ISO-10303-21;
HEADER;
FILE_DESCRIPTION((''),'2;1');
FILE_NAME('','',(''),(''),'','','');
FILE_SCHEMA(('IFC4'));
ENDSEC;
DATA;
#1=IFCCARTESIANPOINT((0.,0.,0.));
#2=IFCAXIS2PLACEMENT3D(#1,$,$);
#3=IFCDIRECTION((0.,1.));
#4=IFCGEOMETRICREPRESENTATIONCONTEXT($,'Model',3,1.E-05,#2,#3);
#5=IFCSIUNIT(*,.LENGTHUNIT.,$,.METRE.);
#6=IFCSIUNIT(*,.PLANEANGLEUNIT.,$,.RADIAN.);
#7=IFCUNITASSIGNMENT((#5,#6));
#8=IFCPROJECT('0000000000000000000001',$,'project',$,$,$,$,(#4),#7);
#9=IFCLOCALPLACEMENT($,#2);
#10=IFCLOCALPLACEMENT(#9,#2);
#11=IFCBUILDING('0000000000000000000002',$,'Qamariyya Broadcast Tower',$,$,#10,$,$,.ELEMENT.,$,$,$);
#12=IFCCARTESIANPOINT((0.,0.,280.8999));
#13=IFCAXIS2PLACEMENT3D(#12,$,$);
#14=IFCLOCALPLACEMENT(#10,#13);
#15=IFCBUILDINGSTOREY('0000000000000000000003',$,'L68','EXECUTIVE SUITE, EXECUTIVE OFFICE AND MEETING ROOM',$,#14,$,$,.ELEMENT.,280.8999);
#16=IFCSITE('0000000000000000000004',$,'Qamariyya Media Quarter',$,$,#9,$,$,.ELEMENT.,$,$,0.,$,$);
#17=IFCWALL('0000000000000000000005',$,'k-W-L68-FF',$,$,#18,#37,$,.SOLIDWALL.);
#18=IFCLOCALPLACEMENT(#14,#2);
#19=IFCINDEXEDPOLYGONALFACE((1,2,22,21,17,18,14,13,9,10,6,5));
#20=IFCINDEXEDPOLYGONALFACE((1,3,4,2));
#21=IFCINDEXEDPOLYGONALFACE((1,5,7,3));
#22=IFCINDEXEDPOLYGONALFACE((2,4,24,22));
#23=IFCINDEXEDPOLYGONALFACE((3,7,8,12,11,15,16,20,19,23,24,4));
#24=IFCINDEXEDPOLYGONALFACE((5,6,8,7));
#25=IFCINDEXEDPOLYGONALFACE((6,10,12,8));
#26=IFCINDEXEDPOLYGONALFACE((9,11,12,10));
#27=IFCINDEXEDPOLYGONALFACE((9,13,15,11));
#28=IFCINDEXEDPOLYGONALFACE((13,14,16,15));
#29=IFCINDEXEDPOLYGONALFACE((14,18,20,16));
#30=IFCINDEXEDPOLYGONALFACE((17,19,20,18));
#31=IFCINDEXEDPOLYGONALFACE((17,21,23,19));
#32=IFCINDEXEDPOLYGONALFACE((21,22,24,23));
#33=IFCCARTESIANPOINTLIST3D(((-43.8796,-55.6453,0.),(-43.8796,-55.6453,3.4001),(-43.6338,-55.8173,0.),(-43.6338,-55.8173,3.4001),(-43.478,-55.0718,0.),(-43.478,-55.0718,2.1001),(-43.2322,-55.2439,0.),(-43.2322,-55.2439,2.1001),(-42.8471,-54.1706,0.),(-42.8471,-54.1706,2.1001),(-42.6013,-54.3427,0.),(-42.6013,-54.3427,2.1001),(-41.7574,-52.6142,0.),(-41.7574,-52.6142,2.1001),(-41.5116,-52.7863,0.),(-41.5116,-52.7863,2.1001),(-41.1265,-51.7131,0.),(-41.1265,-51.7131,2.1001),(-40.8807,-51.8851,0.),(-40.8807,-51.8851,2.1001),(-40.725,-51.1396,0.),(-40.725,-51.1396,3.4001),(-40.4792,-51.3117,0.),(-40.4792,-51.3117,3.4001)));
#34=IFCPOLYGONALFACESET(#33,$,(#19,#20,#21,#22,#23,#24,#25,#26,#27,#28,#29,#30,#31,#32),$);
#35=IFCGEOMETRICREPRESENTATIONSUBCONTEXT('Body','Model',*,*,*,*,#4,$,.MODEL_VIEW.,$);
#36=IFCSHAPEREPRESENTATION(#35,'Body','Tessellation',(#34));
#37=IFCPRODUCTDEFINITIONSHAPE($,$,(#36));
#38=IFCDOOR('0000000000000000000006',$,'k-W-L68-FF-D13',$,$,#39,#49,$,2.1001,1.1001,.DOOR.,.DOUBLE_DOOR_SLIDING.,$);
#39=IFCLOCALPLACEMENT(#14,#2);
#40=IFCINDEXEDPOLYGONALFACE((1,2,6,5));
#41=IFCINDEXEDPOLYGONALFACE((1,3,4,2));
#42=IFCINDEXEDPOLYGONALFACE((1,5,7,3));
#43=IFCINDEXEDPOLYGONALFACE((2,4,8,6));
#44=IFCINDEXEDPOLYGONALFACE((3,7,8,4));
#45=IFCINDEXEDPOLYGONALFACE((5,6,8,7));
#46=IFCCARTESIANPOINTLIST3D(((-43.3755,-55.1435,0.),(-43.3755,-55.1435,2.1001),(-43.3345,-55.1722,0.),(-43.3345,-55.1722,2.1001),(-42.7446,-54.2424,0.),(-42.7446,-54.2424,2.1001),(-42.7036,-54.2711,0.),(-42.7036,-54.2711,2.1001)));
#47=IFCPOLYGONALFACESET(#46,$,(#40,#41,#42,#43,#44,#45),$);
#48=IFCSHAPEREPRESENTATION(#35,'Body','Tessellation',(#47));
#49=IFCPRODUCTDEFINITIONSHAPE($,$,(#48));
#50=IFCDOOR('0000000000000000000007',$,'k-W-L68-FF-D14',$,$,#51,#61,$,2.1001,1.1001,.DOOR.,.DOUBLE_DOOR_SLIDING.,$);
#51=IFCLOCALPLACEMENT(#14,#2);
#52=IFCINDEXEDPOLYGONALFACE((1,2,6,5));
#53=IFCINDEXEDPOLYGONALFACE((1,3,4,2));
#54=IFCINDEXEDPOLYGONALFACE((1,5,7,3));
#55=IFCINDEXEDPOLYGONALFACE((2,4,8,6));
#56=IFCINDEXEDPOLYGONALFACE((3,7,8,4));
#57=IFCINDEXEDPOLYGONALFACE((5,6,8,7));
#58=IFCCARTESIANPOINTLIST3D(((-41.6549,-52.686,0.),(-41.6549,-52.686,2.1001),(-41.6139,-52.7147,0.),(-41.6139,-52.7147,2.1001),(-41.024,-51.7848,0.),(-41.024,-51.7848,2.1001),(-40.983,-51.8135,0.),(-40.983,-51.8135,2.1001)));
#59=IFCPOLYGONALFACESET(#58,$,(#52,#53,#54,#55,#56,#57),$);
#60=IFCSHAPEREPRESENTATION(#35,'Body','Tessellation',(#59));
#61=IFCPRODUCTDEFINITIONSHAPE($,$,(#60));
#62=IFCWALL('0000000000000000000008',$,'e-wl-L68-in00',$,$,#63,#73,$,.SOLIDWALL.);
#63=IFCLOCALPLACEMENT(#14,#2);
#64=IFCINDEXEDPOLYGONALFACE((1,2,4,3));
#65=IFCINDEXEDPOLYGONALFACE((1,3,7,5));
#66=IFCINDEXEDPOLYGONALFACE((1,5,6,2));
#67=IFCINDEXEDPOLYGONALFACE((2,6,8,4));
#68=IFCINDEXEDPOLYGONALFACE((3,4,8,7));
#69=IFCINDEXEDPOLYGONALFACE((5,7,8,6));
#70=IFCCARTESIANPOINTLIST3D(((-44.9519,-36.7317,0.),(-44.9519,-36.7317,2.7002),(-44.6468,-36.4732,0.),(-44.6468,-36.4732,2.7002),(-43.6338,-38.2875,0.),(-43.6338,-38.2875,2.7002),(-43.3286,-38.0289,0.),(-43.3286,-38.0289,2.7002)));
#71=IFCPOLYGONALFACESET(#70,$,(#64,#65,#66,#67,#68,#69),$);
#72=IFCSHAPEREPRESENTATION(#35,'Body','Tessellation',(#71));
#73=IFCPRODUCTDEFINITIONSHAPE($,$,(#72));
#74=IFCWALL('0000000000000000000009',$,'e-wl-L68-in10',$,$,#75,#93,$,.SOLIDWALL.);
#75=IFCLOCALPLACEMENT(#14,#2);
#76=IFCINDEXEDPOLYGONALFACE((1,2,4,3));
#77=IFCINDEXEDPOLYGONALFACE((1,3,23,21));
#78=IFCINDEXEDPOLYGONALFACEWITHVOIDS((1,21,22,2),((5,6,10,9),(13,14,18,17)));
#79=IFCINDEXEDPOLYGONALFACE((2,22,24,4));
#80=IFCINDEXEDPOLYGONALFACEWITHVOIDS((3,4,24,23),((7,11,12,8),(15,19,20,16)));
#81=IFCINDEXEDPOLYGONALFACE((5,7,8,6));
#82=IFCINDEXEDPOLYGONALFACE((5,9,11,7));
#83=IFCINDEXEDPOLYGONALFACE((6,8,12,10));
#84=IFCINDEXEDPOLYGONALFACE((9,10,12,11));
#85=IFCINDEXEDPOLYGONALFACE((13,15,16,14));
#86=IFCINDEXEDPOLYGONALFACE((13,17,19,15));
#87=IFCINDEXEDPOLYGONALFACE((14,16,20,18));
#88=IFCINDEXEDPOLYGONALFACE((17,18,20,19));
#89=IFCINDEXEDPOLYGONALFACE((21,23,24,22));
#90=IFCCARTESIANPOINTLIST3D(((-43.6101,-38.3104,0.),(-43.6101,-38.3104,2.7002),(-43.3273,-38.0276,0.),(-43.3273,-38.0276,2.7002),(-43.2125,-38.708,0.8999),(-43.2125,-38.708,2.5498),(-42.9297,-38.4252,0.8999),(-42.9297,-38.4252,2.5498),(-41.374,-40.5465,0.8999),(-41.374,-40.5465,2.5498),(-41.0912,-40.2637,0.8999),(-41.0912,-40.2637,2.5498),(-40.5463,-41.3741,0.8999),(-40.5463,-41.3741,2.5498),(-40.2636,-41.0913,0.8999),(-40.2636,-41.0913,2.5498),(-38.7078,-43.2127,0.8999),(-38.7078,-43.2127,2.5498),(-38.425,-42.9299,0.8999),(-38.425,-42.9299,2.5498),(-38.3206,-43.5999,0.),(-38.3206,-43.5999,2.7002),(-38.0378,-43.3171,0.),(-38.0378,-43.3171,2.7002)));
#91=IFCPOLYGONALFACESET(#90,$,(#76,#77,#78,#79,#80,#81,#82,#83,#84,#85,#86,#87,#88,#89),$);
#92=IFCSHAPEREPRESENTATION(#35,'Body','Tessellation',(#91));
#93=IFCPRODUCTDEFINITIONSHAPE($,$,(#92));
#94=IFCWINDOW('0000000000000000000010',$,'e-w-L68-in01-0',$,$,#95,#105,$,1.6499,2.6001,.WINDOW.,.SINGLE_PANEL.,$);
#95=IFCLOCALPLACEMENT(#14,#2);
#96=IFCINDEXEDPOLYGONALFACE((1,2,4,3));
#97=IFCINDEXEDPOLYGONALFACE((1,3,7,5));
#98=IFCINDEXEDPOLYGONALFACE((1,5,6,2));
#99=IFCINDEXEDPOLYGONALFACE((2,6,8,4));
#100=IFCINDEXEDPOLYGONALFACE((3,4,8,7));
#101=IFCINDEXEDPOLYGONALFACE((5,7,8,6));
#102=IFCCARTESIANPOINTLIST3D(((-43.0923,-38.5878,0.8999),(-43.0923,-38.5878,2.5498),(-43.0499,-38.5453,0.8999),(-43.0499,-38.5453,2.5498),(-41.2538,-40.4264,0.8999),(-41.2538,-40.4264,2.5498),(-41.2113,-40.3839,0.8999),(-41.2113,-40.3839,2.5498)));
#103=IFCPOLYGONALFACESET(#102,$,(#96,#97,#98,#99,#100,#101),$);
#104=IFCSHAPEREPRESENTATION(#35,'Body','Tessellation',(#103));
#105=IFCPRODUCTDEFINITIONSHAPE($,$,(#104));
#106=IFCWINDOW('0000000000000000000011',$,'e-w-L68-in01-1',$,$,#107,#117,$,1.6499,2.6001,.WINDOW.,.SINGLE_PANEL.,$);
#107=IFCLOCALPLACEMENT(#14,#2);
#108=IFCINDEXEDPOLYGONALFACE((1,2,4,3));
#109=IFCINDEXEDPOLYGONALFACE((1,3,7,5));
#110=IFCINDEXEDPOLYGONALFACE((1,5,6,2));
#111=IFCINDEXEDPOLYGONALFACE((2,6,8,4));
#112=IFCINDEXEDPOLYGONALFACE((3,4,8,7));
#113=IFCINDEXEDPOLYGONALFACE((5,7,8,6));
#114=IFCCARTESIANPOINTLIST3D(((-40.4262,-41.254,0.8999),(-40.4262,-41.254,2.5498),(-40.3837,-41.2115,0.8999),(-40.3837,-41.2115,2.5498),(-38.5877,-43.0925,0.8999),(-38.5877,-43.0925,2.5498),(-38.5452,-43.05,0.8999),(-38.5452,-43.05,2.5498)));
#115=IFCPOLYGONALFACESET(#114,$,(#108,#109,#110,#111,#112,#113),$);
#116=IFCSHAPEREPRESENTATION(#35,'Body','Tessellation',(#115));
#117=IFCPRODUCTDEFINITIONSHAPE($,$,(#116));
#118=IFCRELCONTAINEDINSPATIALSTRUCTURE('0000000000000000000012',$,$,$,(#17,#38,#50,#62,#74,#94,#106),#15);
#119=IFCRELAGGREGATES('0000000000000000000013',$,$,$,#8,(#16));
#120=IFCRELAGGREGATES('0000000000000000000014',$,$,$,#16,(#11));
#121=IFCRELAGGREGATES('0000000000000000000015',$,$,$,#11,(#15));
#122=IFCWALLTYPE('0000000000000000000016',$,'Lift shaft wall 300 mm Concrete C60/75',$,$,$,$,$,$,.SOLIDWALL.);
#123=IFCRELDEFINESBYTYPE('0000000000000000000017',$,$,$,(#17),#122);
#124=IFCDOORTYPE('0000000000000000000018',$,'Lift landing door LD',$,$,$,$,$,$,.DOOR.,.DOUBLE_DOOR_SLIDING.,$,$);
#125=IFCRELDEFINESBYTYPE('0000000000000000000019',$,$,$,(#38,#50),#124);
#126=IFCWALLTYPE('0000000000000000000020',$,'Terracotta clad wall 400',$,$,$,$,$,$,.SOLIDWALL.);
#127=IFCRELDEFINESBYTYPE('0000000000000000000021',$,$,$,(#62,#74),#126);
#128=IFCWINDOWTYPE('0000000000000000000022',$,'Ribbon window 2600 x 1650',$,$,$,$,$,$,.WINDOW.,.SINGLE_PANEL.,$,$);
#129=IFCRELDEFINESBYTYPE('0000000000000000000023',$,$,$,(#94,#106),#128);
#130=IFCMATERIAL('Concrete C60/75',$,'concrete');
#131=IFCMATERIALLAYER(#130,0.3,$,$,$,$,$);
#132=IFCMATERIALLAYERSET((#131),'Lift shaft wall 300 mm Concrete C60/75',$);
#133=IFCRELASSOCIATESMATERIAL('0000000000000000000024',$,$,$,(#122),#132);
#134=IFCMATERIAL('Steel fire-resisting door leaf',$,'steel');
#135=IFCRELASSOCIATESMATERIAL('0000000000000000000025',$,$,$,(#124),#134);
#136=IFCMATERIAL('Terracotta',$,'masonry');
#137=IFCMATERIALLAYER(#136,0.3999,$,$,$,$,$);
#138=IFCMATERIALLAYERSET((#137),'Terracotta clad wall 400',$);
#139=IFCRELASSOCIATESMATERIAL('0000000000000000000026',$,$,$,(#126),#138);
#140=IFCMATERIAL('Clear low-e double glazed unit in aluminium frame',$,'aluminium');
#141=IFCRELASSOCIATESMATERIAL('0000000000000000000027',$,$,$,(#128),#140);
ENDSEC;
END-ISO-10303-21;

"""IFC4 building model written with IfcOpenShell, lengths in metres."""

from ifc_helpers import new_model, si_unit, direction, frame, frame_2d, origin, place, context, subcontext, project, spatial, rectangle, extrude, material, layer, layer_set, type_object, element, fill, save


model = new_model("IFC4")

# Units and contexts
model_context = context("Model", 3, precision=1e-05, world=origin(), true_north=direction((0.0, 1.0)))
body_context = subcontext(model_context, "Body", "Model", "MODEL_VIEW")
ifc_project = project(units=[si_unit("LENGTHUNIT", "METRE"), si_unit("PLANEANGLEUNIT", "RADIAN")], contexts=[model_context])

# Site, building, storey
site_placement = place(None, origin())
site = spatial("IfcSite", under=ifc_project, at=site_placement, Name="Qamariyya Media Quarter", CompositionType="ELEMENT", RefElevation=0.0)
building_placement = place(site_placement, origin())
building = spatial("IfcBuilding", under=site, at=building_placement, Name="Qamariyya Broadcast Tower", CompositionType="ELEMENT")
storey_placement = place(building_placement, frame((0.0, 0.0, 280.8999)))
storey = spatial("IfcBuildingStorey", under=building, at=storey_placement, Name="L68", Description="EXECUTIVE SUITE, EXECUTIVE OFFICE AND MEETING ROOM", CompositionType="ELEMENT", Elevation=280.8999)

# Shared definitions
ifc_material_1 = material(Name="Concrete C60/75", Category="concrete")

# Shared definitions
ifc_layer_1 = layer(ifc_material_1, 0.3)
ifc_layer_set_1 = layer_set([ifc_layer_1], Name="Lift shaft wall 300 mm Concrete C60/75")
wall_type_1 = type_object("IfcWallType", Name="Lift shaft wall 300 mm Concrete C60/75", PredefinedType="SOLIDWALL", material=ifc_layer_set_1)
ifc_material_2 = material(Name="Steel fire-resisting door leaf", Category="steel")

# Wall, openings, doors
wall_1_placement = place(storey_placement, frame((-43.7566, -55.7312, 0.0), z_axis=(0.0, 0.0, 1.0), x_axis=(0.573537, 0.81918, 0.0)))
wall_1 = element("IfcWall", 1, at=wall_1_placement, inside=storey, type_object=wall_type_1, Name="k-W-L68-FF", PredefinedType="SOLIDWALL", context=body_context, shape_type="SweptSolid", body=[
    extrude(rectangle(XDim=5.5002, YDim=0.3, at=frame_2d((2.75, 0.0))), origin(), (0.0, 0.0, 1.0), 3.4001),
])
opening_1_placement = place(wall_1_placement, frame((0.7, 0.0, 0.0)))
opening_1 = element("IfcOpeningElement", 2, at=opening_1_placement, cuts=wall_1, PredefinedType="OPENING", context=body_context, shape_type="SweptSolid", body=[
    extrude(rectangle(XDim=1.1001, YDim=2.1001, at=frame_2d((0.55, 1.05))), frame((0.0, 0.1599, 0.0), z_axis=(0.0, -1.0, 0.0), x_axis=(1.0, 0.0, 0.0)), (0.0, 0.0, 1.0), 0.3201),
])
opening_2_placement = place(wall_1_placement, frame((3.7, 0.0, 0.0)))
opening_2 = element("IfcOpeningElement", 3, at=opening_2_placement, cuts=wall_1, PredefinedType="OPENING", context=body_context, shape_type="SweptSolid", body=[
    extrude(rectangle(XDim=1.1001, YDim=2.1001, at=frame_2d((0.55, 1.05))), frame((0.0, 0.1599, 0.0), z_axis=(0.0, -1.0, 0.0), x_axis=(1.0, 0.0, 0.0)), (0.0, 0.0, 1.0), 0.3201),
])
door_type_1 = type_object("IfcDoorType", Name="Lift landing door LD", OperationType="DOUBLE_DOOR_SLIDING", PredefinedType="DOOR", material=ifc_material_2)
door_1_placement = place(opening_1_placement, origin())
door_1 = element("IfcDoor", 4, at=door_1_placement, inside=storey, type_object=door_type_1, Name="k-W-L68-FF-D13", OperationType="DOUBLE_DOOR_SLIDING", OverallHeight=2.1001, OverallWidth=1.1001, PredefinedType="DOOR", context=body_context, shape_type="SweptSolid", body=[
    extrude(rectangle(XDim=1.1001, YDim=2.1001, at=frame_2d((0.55, 1.05))), frame((0.0, 0.0249, 0.0), z_axis=(0.0, -1.0, 0.0), x_axis=(1.0, 0.0, 0.0)), (0.0, 0.0, 1.0), 0.05),
])
fill(opening_1, door_1)
door_2_placement = place(opening_2_placement, origin())
door_2 = element("IfcDoor", 5, at=door_2_placement, inside=storey, type_object=door_type_1, Name="k-W-L68-FF-D14", OperationType="DOUBLE_DOOR_SLIDING", OverallHeight=2.1001, OverallWidth=1.1001, PredefinedType="DOOR", context=body_context, shape_type="SweptSolid", body=[
    extrude(rectangle(XDim=1.1001, YDim=2.1001, at=frame_2d((0.55, 1.05))), frame((0.0, 0.0249, 0.0), z_axis=(0.0, -1.0, 0.0), x_axis=(1.0, 0.0, 0.0)), (0.0, 0.0, 1.0), 0.05),
])
fill(opening_2, door_2)

# Wall
ifc_material_3 = material(Name="Terracotta", Category="masonry")
ifc_layer_2 = layer(ifc_material_3, 0.3999)
ifc_layer_set_2 = layer_set([ifc_layer_2], Name="Terracotta clad wall 400")
wall_type_2 = type_object("IfcWallType", Name="Terracotta clad wall 400", PredefinedType="SOLIDWALL", material=ifc_layer_set_2)
wall_2_placement = place(storey_placement, frame((-43.4812, -38.1582, 0.0), z_axis=(0.0, 0.0, 1.0), x_axis=(-0.646452, 0.762955, 0.0)))
element("IfcWall", 6, at=wall_2_placement, inside=storey, type_object=wall_type_2, Name="e-wl-L68-in00", PredefinedType="SOLIDWALL", context=body_context, shape_type="SweptSolid", body=[
    extrude(rectangle(XDim=2.0391, YDim=0.3999, at=frame_2d((1.0195, 0.0))), origin(), (0.0, 0.0, 1.0), 2.7002),
])

# Wall, openings, windows
wall_3_placement = place(storey_placement, frame((-38.1792, -43.4585, 0.0), z_axis=(0.0, 0.0, 1.0), x_axis=(-0.707107, 0.707107, 0.0)))
wall_3 = element("IfcWall", 7, at=wall_3_placement, inside=storey, type_object=wall_type_2, Name="e-wl-L68-in10", PredefinedType="SOLIDWALL", context=body_context, shape_type="SweptSolid", body=[
    extrude(rectangle(XDim=7.4805, YDim=0.3999, at=frame_2d((3.7402, 0.0))), origin(), (0.0, 0.0, 1.0), 2.7002),
])
opening_3_placement = place(wall_3_placement, frame((4.3181, 0.0, 0.8999)))
opening_3 = element("IfcOpeningElement", 8, at=opening_3_placement, cuts=wall_3, PredefinedType="OPENING", context=body_context, shape_type="SweptSolid", body=[
    extrude(rectangle(XDim=2.6001, YDim=1.6499, at=frame_2d((1.3, 0.825))), frame((0.0, 0.21, 0.0), z_axis=(0.0, -1.0, 0.0), x_axis=(1.0, 0.0, 0.0)), (0.0, 0.0, 1.0), 0.4199),
])
opening_4_placement = place(wall_3_placement, frame((0.5476, 0.0, 0.8999)))
opening_4 = element("IfcOpeningElement", 9, at=opening_4_placement, cuts=wall_3, PredefinedType="OPENING", context=body_context, shape_type="SweptSolid", body=[
    extrude(rectangle(XDim=2.6001, YDim=1.6499, at=frame_2d((1.3, 0.825))), frame((0.0, 0.21, 0.0), z_axis=(0.0, -1.0, 0.0), x_axis=(1.0, 0.0, 0.0)), (0.0, 0.0, 1.0), 0.4199),
])
ifc_material_4 = material(Name="Clear low-e double glazed unit in aluminium frame", Category="aluminium")
window_type = type_object("IfcWindowType", Name="Ribbon window 2600 x 1650", PartitioningType="SINGLE_PANEL", PredefinedType="WINDOW", material=ifc_material_4)
window_1_placement = place(opening_3_placement, origin())
window_1 = element("IfcWindow", 10, at=window_1_placement, inside=storey, type_object=window_type, Name="e-w-L68-in01-0", OverallHeight=1.6499, OverallWidth=2.6001, PartitioningType="SINGLE_PANEL", PredefinedType="WINDOW", context=body_context, shape_type="SweptSolid", body=[
    extrude(rectangle(XDim=2.6001, YDim=1.6499, at=frame_2d((1.3, 0.825))), frame((0.0, 0.03, 0.0), z_axis=(0.0, -1.0, 0.0), x_axis=(1.0, 0.0, 0.0)), (0.0, 0.0, 1.0), 0.0601),
])
fill(opening_3, window_1)
window_2_placement = place(opening_4_placement, origin())
window_2 = element("IfcWindow", 11, at=window_2_placement, inside=storey, type_object=window_type, Name="e-w-L68-in01-1", OverallHeight=1.6499, OverallWidth=2.6001, PartitioningType="SINGLE_PANEL", PredefinedType="WINDOW", context=body_context, shape_type="SweptSolid", body=[
    extrude(rectangle(XDim=2.6001, YDim=1.6499, at=frame_2d((1.3, 0.825))), frame((0.0, 0.03, 0.0), z_axis=(0.0, -1.0, 0.0), x_axis=(1.0, 0.0, 0.0)), (0.0, 0.0, 1.0), 0.0601),
])
fill(opening_4, window_2)

save(model, "model.ifc")
